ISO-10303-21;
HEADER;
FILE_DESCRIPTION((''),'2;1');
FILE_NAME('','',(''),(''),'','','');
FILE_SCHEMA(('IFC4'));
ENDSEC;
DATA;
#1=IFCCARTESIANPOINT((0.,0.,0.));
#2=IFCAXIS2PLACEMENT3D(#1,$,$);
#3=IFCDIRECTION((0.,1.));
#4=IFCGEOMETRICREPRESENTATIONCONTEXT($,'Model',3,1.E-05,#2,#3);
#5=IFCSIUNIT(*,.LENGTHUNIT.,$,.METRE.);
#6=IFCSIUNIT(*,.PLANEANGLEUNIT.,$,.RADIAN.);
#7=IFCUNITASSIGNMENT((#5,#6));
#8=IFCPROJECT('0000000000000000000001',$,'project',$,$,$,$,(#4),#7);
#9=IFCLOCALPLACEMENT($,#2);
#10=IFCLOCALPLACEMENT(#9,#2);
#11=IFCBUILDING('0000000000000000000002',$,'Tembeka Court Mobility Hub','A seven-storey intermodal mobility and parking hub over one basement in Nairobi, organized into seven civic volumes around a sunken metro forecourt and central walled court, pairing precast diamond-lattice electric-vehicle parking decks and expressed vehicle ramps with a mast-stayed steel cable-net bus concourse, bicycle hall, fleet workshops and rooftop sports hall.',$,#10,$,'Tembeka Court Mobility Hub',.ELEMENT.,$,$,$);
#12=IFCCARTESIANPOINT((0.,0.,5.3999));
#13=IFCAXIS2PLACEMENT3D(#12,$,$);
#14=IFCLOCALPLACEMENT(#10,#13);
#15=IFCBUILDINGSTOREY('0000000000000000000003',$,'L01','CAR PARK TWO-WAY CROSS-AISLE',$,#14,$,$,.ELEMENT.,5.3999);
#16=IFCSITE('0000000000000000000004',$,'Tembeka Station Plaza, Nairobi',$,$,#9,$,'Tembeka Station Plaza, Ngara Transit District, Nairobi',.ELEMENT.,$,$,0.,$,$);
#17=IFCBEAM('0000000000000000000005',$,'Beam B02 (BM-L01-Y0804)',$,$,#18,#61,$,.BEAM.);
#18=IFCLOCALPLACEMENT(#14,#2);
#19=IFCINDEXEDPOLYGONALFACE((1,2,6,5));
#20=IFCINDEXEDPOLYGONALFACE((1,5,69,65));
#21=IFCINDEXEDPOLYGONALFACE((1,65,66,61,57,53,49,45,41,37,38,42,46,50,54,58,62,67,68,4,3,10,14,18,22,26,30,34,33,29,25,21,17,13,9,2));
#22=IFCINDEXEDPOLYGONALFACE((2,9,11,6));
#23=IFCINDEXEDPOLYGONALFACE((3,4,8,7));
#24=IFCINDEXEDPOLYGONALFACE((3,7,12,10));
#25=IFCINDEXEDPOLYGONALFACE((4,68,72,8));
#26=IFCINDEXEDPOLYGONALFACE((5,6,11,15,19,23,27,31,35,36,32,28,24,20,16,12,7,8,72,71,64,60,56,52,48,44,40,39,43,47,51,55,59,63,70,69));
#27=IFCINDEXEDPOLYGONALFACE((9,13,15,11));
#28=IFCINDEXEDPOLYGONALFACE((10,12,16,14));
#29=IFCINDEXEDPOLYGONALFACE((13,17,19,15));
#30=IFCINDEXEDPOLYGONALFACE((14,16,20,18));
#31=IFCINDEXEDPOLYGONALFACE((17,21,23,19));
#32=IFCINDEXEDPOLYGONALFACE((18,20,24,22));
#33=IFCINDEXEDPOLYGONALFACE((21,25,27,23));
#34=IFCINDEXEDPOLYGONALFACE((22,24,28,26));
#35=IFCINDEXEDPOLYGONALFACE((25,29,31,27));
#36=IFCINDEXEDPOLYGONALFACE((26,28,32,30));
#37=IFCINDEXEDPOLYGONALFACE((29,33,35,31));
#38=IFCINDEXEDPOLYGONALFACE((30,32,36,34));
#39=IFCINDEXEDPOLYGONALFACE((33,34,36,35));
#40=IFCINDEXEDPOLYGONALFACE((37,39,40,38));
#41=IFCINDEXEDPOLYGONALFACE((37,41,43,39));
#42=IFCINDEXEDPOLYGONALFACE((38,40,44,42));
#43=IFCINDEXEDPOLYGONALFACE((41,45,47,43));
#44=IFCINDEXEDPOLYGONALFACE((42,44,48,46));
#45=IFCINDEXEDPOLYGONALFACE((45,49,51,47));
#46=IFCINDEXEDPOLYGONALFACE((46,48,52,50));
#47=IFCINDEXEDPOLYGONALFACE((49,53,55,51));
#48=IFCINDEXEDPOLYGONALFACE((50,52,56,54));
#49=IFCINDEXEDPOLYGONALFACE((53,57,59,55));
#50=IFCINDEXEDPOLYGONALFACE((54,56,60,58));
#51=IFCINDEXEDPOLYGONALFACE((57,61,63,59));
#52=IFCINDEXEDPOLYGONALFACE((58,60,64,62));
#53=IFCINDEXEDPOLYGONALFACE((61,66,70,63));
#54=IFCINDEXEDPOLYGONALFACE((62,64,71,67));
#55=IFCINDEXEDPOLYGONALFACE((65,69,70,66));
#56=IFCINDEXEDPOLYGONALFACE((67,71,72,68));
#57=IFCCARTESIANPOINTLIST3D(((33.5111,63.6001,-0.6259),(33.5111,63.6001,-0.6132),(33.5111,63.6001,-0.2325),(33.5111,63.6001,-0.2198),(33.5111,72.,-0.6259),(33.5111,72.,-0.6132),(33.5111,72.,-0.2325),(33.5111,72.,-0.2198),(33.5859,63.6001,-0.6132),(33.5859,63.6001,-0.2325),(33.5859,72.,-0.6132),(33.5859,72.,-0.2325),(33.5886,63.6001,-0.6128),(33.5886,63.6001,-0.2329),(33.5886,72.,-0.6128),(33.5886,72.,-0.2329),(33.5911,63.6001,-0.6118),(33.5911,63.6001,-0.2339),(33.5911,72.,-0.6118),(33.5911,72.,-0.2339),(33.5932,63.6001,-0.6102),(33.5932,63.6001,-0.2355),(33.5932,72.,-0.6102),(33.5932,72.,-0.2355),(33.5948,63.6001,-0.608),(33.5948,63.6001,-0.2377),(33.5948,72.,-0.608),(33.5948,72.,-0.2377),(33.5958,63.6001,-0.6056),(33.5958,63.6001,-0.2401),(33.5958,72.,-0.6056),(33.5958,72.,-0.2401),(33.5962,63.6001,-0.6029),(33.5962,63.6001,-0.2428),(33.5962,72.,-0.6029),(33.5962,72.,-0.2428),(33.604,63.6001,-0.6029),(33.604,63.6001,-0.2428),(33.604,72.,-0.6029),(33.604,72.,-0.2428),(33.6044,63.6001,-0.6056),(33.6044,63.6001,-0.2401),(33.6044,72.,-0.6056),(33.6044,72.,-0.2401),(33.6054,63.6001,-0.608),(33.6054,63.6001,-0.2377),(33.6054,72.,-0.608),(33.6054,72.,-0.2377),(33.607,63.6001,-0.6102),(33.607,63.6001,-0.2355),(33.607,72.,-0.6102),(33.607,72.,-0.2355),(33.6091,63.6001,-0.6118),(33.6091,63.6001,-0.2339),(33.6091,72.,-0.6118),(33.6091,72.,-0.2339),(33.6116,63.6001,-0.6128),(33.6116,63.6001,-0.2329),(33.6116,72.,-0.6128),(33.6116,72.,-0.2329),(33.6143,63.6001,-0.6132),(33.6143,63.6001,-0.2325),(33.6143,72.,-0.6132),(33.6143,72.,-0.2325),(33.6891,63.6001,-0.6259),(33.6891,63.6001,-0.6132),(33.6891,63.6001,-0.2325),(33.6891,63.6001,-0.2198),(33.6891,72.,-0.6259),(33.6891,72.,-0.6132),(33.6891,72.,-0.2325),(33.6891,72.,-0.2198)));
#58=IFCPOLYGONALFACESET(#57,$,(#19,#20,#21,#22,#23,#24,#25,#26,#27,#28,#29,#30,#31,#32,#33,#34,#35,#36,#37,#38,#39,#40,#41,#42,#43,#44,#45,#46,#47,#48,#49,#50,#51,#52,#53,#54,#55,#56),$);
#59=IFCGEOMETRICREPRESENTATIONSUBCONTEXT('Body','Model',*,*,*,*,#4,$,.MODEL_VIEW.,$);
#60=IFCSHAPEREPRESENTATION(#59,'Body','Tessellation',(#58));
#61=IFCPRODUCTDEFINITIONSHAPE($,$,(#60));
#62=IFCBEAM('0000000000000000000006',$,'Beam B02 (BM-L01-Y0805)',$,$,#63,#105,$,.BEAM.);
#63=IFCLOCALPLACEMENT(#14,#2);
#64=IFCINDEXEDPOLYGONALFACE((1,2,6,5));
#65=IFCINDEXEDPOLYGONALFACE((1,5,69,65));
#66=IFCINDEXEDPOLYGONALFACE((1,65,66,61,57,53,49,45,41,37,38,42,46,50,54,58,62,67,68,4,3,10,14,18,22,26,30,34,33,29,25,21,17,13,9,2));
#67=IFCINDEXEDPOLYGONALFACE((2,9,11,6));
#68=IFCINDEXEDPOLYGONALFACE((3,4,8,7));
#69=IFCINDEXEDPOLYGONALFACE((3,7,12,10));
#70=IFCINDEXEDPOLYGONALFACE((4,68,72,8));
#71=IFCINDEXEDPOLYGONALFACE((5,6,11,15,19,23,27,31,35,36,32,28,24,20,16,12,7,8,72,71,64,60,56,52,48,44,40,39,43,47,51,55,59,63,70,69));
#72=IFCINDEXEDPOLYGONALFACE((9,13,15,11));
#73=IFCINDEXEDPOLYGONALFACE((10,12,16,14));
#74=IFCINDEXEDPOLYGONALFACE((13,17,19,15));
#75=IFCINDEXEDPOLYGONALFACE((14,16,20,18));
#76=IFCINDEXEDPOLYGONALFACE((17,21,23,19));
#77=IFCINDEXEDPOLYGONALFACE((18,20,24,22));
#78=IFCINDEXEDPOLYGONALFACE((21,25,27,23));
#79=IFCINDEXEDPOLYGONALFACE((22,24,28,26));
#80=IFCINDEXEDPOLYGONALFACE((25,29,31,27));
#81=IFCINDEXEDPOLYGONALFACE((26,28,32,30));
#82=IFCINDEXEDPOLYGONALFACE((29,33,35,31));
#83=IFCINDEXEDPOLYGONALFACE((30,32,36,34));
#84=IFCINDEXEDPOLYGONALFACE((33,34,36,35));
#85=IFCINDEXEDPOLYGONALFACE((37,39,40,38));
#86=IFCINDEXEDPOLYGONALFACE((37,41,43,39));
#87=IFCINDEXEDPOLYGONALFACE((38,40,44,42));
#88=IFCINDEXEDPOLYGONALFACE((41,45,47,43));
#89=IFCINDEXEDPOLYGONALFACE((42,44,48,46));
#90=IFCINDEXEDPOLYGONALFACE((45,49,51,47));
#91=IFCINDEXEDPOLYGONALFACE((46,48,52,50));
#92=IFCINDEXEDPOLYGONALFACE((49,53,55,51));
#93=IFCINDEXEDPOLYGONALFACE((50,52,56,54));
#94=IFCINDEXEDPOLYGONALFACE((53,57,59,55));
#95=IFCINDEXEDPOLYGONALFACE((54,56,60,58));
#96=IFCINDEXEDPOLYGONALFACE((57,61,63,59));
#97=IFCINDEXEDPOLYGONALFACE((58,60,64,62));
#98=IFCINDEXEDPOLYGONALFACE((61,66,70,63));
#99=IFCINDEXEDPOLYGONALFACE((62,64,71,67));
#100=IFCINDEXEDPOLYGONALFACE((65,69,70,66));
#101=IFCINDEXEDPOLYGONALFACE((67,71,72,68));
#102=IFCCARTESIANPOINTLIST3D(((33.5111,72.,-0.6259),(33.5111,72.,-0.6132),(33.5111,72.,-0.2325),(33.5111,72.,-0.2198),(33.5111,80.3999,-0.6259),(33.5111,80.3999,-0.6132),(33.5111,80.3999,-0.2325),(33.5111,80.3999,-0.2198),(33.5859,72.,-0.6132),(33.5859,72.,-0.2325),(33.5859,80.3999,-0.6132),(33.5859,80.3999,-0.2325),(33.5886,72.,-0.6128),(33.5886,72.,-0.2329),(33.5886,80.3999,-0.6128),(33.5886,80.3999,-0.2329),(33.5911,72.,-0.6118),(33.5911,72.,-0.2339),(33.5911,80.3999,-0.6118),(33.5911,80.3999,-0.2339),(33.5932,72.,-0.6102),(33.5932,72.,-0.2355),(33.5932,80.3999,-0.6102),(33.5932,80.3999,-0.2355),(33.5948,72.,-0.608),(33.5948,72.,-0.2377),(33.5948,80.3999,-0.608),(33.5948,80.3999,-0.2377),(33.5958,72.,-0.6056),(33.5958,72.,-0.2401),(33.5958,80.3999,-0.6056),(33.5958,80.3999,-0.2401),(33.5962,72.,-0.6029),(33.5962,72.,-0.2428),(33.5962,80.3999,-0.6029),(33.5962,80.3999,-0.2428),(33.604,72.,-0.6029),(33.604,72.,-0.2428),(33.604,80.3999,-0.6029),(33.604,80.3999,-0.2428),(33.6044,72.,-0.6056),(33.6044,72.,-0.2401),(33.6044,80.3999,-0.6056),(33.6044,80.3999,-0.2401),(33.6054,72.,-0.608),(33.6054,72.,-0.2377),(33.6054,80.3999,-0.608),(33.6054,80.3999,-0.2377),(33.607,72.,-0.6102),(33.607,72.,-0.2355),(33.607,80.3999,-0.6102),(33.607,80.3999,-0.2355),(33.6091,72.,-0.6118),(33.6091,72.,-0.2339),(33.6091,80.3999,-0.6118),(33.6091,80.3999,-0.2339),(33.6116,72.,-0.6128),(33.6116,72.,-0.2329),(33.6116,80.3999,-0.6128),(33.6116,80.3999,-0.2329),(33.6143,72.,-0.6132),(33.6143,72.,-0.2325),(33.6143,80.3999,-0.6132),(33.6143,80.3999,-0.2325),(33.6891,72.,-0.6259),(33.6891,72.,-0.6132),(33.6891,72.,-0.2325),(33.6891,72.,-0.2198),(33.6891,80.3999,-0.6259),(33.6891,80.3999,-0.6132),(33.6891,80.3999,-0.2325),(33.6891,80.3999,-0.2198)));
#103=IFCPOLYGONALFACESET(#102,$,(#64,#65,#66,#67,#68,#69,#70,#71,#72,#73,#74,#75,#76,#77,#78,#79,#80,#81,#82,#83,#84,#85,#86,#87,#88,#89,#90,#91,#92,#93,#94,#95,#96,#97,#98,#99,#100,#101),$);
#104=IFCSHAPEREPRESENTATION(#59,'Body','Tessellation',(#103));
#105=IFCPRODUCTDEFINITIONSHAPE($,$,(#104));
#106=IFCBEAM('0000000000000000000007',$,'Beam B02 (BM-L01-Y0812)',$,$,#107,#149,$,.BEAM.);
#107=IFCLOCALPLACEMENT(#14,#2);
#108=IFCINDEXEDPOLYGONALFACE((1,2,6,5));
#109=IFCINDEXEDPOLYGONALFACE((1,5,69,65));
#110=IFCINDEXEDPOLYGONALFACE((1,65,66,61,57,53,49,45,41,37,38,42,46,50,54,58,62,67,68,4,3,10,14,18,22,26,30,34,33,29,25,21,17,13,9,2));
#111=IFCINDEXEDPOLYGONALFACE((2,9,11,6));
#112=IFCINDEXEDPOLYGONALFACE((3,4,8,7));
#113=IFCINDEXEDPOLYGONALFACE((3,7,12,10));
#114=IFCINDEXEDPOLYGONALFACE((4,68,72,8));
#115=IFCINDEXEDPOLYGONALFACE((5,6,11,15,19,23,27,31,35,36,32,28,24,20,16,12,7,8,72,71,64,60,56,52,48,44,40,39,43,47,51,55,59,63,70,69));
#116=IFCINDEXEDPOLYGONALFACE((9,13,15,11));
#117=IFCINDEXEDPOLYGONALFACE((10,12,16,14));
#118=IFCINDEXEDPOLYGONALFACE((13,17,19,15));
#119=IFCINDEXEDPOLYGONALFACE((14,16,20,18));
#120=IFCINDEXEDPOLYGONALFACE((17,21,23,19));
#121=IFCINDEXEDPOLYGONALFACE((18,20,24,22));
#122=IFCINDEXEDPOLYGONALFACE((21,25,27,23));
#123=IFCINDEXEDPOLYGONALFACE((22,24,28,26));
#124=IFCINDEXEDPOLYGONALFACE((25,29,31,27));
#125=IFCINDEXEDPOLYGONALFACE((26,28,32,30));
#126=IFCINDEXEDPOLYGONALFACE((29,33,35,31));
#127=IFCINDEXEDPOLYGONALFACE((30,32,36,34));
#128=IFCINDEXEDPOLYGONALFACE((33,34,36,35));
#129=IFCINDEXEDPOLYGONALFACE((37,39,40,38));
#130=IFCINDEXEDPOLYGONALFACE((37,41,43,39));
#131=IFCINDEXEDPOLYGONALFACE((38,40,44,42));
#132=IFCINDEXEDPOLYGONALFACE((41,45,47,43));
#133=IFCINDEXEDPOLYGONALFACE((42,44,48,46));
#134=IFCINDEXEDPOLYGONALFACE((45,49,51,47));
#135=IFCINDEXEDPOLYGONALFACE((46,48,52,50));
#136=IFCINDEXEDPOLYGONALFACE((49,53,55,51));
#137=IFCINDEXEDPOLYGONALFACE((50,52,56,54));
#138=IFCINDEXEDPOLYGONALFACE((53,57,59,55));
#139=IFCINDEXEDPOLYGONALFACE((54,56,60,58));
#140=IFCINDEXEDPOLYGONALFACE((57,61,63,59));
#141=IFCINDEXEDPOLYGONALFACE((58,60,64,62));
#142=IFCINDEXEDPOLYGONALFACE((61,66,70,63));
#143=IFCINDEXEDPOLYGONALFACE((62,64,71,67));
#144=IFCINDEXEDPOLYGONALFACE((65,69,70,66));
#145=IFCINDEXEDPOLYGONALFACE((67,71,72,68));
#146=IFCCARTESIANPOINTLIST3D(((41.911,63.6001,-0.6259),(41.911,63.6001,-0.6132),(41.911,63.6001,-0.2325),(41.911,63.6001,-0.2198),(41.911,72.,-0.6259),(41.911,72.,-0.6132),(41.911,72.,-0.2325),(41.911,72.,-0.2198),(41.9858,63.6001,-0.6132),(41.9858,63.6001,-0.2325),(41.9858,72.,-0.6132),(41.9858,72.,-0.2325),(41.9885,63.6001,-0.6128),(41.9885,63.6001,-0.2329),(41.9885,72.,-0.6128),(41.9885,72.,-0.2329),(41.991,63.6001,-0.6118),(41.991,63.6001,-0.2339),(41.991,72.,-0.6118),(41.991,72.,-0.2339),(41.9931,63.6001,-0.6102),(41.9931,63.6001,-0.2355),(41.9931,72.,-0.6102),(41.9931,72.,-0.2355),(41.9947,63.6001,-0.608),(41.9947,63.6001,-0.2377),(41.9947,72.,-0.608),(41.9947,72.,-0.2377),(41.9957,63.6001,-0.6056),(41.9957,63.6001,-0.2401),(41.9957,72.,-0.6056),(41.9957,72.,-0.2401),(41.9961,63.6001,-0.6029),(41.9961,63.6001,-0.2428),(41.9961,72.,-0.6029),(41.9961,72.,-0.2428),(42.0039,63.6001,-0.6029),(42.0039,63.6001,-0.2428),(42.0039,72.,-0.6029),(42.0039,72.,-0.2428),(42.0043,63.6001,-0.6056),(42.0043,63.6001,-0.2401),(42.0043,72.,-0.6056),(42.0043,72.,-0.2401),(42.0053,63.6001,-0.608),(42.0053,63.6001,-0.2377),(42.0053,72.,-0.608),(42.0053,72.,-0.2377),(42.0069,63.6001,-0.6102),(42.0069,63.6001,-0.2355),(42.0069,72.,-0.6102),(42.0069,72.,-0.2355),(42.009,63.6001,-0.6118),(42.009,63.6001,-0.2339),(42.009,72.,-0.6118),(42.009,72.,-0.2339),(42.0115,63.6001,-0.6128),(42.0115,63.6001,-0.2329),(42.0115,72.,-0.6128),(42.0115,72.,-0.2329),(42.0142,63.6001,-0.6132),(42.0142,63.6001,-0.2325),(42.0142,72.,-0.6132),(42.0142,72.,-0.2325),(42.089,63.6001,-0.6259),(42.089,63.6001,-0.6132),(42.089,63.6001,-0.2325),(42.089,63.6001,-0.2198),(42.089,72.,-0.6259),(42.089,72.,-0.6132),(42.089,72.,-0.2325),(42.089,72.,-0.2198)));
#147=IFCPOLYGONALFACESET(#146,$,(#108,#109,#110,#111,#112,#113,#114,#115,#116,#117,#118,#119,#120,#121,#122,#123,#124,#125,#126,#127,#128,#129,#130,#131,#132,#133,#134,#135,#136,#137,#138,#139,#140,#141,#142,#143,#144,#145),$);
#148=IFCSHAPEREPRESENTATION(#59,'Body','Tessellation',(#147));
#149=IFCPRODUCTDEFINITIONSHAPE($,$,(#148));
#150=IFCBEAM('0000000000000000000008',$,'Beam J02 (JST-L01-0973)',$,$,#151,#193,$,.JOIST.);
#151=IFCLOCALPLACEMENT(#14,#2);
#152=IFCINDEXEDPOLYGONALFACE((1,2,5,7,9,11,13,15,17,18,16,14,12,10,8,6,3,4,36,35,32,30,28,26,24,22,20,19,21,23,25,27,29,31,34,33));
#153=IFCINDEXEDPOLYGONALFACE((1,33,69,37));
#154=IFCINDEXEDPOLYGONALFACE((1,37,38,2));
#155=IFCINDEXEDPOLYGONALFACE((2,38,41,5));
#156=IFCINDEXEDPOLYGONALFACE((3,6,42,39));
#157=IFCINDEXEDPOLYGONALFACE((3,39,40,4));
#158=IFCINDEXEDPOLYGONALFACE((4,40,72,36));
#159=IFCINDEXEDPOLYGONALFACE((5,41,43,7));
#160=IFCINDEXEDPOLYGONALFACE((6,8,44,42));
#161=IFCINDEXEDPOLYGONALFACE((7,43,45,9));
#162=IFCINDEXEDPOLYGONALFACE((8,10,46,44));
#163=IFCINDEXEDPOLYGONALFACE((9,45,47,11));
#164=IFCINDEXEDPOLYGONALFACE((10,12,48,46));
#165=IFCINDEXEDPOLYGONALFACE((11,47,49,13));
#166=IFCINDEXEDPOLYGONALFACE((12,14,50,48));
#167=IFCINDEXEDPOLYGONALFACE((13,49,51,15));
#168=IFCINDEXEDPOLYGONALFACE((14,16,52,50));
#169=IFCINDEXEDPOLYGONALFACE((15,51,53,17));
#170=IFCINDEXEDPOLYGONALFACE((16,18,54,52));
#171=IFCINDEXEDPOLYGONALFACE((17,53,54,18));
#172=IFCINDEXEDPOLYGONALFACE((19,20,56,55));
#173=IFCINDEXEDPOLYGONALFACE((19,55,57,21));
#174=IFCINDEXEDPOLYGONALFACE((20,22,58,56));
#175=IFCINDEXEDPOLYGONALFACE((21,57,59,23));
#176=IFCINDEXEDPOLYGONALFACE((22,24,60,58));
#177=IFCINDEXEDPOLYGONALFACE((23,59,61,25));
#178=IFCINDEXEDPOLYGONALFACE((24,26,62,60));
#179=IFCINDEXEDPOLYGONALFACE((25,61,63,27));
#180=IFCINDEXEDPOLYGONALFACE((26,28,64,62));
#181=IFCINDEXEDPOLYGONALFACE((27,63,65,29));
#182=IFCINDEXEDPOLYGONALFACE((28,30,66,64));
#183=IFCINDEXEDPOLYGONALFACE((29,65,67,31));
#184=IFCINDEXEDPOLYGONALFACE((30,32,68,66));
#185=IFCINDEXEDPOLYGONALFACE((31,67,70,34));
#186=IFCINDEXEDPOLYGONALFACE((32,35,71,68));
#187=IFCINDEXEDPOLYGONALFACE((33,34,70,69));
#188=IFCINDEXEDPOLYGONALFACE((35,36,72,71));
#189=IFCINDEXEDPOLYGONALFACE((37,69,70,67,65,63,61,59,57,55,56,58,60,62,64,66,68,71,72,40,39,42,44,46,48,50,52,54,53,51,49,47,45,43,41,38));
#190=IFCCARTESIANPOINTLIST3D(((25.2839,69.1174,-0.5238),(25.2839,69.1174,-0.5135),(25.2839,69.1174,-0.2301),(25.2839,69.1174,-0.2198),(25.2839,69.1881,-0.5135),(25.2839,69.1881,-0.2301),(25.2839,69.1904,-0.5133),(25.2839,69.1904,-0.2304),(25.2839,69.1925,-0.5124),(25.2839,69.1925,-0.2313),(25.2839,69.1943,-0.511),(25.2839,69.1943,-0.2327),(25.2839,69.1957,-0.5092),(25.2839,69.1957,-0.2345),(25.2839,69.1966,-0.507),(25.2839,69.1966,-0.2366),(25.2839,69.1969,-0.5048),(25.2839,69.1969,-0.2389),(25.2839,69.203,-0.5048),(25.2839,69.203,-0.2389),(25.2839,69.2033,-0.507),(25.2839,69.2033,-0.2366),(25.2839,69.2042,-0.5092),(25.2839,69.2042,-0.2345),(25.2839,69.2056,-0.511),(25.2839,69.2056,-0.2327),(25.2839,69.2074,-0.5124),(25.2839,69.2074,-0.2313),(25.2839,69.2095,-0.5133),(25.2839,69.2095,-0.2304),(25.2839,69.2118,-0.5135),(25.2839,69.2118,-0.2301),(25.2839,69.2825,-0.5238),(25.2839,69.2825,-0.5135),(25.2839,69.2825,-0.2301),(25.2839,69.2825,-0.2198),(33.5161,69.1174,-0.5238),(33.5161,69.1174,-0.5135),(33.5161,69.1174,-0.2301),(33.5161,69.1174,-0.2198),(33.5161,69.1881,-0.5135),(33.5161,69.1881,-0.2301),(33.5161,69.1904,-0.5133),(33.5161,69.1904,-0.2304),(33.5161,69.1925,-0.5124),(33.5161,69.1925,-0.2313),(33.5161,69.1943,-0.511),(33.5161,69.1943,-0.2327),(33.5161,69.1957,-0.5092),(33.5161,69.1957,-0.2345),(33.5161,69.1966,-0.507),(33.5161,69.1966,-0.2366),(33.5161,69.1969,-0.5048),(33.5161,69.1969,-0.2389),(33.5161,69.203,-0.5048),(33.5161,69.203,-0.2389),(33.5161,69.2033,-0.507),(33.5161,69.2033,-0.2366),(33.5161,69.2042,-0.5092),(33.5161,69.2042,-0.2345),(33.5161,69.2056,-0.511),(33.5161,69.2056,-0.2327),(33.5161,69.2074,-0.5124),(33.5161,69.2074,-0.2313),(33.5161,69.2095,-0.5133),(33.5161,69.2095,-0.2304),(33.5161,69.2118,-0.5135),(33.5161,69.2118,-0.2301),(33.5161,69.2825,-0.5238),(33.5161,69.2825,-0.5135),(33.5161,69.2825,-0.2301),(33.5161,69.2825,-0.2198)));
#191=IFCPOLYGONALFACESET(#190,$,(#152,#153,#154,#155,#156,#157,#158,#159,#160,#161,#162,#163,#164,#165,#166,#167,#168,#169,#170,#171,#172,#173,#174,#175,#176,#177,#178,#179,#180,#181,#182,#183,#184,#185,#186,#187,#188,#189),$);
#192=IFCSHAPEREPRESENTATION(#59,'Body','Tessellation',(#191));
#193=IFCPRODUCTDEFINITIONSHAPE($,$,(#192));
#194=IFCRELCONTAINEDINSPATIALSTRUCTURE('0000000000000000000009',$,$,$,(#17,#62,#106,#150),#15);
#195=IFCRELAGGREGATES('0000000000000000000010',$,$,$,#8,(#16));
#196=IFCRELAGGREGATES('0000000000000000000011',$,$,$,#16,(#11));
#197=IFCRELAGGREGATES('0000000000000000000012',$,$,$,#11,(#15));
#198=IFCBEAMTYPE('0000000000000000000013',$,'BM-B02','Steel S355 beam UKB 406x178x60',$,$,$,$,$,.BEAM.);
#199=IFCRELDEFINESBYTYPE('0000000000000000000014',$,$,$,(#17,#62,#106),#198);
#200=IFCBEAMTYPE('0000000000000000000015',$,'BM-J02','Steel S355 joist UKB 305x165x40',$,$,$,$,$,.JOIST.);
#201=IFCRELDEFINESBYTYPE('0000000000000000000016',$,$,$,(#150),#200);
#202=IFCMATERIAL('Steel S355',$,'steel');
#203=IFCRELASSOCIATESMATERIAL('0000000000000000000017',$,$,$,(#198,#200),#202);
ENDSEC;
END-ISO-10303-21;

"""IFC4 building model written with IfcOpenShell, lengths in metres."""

from ifc_helpers import new_model, si_unit, direction, frame, origin, origin_2d, place, context, subcontext, project, spatial, i_section, extrude, material, material_profile, profile_set, type_object, element, save


model = new_model("IFC4")

# Units and contexts
model_context = context("Model", 3, precision=1e-05, world=origin(), true_north=direction((0.0, 1.0)))
body_context = subcontext(model_context, "Body", "Model", "MODEL_VIEW")
ifc_project = project(units=[si_unit("LENGTHUNIT", "METRE"), si_unit("PLANEANGLEUNIT", "RADIAN")], contexts=[model_context])

# Site, building, storey
site_placement = place(None, origin())
site = spatial("IfcSite", under=ifc_project, at=site_placement, Name="Tembeka Station Plaza, Nairobi", LongName="Tembeka Station Plaza, Ngara Transit District, Nairobi", CompositionType="ELEMENT", RefElevation=0.0)
building_placement = place(site_placement, origin())
building = spatial("IfcBuilding", under=site, at=building_placement, Name="Tembeka Court Mobility Hub", Description="A seven-storey intermodal mobility and parking hub over one basement in Nairobi, organized into seven civic volumes around a sunken metro forecourt and central walled court, pairing precast diamond-lattice electric-vehicle parking decks and expressed vehicle ramps with a mast-stayed steel cable-net bus concourse, bicycle hall, fleet workshops and rooftop sports hall.", LongName="Tembeka Court Mobility Hub", CompositionType="ELEMENT")
storey_placement = place(building_placement, frame((0.0, 0.0, 5.3999)))
storey = spatial("IfcBuildingStorey", under=building, at=storey_placement, Name="L01", Description="CAR PARK TWO-WAY CROSS-AISLE", CompositionType="ELEMENT", Elevation=5.3999)

# Shared definitions
ifc_material_1 = material(Name="Steel S355", Category="steel")

# Beams
ifc_material_profile_1 = material_profile(ifc_material_1, i_section(OverallWidth=0.178, OverallDepth=0.406, WebThickness=0.0078, FlangeThickness=0.0127, FilletRadius=0.0103, at=origin_2d()), Name="UKB 406x178x60")
ifc_profile_set_1 = profile_set([ifc_material_profile_1], Name="Steel S355")
beam_type_1 = type_object("IfcBeamType", Name="BM-B02", Description="Steel S355 beam UKB 406x178x60", PredefinedType="BEAM", material=ifc_profile_set_1)
for number, where, z_axis, x_axis, name in (
    (1, (33.6001, 63.6001, -0.4229), (0.0, 1.0, 0.0), (-1.0, 0.0, 0.0), "Beam B02 (BM-L01-Y0804)"),
    (2, (33.6001, 72.0, -0.4229), (0.0, 1.0, 0.0), (-1.0, 0.0, 0.0), "Beam B02 (BM-L01-Y0805)"),
    (3, (42.0, 63.6001, -0.4229), (0.0, 1.0, 0.0), (-1.0, 0.0, 0.0), "Beam B02 (BM-L01-Y0812)"),
):
    element("IfcBeam", number, at=place(storey_placement, frame(where, z_axis=z_axis, x_axis=x_axis)), inside=storey, type_object=beam_type_1, Name=name, PredefinedType="BEAM", context=body_context, shape_type="SweptSolid", body=[
        extrude(i_section(OverallWidth=0.178, OverallDepth=0.406, WebThickness=0.0078, FlangeThickness=0.0127, FilletRadius=0.0103, at=origin_2d()), origin(), (0.0, 0.0, 1.0), 8.3999),
    ])
ifc_material_profile_2 = material_profile(ifc_material_1, i_section(OverallWidth=0.165, OverallDepth=0.304, WebThickness=0.0061, FlangeThickness=0.0103, FilletRadius=0.0088, at=origin_2d()), Name="UKB 305x165x40")
ifc_profile_set_2 = profile_set([ifc_material_profile_2], Name="Steel S355")
beam_type_2 = type_object("IfcBeamType", Name="BM-J02", Description="Steel S355 joist UKB 305x165x40", PredefinedType="JOIST", material=ifc_profile_set_2)
beam_1_placement = place(storey_placement, frame((25.2839, 69.2, -0.3718), z_axis=(1.0, 0.0, 0.0), x_axis=(0.0, 1.0, 0.0)))
element("IfcBeam", 4, at=beam_1_placement, inside=storey, type_object=beam_type_2, Name="Beam J02 (JST-L01-0973)", PredefinedType="JOIST", context=body_context, shape_type="SweptSolid", body=[
    extrude(i_section(OverallWidth=0.165, OverallDepth=0.304, WebThickness=0.0061, FlangeThickness=0.0103, FilletRadius=0.0088, at=origin_2d()), origin(), (0.0, 0.0, 1.0), 8.2322),
])

save(model, "model.ifc")
